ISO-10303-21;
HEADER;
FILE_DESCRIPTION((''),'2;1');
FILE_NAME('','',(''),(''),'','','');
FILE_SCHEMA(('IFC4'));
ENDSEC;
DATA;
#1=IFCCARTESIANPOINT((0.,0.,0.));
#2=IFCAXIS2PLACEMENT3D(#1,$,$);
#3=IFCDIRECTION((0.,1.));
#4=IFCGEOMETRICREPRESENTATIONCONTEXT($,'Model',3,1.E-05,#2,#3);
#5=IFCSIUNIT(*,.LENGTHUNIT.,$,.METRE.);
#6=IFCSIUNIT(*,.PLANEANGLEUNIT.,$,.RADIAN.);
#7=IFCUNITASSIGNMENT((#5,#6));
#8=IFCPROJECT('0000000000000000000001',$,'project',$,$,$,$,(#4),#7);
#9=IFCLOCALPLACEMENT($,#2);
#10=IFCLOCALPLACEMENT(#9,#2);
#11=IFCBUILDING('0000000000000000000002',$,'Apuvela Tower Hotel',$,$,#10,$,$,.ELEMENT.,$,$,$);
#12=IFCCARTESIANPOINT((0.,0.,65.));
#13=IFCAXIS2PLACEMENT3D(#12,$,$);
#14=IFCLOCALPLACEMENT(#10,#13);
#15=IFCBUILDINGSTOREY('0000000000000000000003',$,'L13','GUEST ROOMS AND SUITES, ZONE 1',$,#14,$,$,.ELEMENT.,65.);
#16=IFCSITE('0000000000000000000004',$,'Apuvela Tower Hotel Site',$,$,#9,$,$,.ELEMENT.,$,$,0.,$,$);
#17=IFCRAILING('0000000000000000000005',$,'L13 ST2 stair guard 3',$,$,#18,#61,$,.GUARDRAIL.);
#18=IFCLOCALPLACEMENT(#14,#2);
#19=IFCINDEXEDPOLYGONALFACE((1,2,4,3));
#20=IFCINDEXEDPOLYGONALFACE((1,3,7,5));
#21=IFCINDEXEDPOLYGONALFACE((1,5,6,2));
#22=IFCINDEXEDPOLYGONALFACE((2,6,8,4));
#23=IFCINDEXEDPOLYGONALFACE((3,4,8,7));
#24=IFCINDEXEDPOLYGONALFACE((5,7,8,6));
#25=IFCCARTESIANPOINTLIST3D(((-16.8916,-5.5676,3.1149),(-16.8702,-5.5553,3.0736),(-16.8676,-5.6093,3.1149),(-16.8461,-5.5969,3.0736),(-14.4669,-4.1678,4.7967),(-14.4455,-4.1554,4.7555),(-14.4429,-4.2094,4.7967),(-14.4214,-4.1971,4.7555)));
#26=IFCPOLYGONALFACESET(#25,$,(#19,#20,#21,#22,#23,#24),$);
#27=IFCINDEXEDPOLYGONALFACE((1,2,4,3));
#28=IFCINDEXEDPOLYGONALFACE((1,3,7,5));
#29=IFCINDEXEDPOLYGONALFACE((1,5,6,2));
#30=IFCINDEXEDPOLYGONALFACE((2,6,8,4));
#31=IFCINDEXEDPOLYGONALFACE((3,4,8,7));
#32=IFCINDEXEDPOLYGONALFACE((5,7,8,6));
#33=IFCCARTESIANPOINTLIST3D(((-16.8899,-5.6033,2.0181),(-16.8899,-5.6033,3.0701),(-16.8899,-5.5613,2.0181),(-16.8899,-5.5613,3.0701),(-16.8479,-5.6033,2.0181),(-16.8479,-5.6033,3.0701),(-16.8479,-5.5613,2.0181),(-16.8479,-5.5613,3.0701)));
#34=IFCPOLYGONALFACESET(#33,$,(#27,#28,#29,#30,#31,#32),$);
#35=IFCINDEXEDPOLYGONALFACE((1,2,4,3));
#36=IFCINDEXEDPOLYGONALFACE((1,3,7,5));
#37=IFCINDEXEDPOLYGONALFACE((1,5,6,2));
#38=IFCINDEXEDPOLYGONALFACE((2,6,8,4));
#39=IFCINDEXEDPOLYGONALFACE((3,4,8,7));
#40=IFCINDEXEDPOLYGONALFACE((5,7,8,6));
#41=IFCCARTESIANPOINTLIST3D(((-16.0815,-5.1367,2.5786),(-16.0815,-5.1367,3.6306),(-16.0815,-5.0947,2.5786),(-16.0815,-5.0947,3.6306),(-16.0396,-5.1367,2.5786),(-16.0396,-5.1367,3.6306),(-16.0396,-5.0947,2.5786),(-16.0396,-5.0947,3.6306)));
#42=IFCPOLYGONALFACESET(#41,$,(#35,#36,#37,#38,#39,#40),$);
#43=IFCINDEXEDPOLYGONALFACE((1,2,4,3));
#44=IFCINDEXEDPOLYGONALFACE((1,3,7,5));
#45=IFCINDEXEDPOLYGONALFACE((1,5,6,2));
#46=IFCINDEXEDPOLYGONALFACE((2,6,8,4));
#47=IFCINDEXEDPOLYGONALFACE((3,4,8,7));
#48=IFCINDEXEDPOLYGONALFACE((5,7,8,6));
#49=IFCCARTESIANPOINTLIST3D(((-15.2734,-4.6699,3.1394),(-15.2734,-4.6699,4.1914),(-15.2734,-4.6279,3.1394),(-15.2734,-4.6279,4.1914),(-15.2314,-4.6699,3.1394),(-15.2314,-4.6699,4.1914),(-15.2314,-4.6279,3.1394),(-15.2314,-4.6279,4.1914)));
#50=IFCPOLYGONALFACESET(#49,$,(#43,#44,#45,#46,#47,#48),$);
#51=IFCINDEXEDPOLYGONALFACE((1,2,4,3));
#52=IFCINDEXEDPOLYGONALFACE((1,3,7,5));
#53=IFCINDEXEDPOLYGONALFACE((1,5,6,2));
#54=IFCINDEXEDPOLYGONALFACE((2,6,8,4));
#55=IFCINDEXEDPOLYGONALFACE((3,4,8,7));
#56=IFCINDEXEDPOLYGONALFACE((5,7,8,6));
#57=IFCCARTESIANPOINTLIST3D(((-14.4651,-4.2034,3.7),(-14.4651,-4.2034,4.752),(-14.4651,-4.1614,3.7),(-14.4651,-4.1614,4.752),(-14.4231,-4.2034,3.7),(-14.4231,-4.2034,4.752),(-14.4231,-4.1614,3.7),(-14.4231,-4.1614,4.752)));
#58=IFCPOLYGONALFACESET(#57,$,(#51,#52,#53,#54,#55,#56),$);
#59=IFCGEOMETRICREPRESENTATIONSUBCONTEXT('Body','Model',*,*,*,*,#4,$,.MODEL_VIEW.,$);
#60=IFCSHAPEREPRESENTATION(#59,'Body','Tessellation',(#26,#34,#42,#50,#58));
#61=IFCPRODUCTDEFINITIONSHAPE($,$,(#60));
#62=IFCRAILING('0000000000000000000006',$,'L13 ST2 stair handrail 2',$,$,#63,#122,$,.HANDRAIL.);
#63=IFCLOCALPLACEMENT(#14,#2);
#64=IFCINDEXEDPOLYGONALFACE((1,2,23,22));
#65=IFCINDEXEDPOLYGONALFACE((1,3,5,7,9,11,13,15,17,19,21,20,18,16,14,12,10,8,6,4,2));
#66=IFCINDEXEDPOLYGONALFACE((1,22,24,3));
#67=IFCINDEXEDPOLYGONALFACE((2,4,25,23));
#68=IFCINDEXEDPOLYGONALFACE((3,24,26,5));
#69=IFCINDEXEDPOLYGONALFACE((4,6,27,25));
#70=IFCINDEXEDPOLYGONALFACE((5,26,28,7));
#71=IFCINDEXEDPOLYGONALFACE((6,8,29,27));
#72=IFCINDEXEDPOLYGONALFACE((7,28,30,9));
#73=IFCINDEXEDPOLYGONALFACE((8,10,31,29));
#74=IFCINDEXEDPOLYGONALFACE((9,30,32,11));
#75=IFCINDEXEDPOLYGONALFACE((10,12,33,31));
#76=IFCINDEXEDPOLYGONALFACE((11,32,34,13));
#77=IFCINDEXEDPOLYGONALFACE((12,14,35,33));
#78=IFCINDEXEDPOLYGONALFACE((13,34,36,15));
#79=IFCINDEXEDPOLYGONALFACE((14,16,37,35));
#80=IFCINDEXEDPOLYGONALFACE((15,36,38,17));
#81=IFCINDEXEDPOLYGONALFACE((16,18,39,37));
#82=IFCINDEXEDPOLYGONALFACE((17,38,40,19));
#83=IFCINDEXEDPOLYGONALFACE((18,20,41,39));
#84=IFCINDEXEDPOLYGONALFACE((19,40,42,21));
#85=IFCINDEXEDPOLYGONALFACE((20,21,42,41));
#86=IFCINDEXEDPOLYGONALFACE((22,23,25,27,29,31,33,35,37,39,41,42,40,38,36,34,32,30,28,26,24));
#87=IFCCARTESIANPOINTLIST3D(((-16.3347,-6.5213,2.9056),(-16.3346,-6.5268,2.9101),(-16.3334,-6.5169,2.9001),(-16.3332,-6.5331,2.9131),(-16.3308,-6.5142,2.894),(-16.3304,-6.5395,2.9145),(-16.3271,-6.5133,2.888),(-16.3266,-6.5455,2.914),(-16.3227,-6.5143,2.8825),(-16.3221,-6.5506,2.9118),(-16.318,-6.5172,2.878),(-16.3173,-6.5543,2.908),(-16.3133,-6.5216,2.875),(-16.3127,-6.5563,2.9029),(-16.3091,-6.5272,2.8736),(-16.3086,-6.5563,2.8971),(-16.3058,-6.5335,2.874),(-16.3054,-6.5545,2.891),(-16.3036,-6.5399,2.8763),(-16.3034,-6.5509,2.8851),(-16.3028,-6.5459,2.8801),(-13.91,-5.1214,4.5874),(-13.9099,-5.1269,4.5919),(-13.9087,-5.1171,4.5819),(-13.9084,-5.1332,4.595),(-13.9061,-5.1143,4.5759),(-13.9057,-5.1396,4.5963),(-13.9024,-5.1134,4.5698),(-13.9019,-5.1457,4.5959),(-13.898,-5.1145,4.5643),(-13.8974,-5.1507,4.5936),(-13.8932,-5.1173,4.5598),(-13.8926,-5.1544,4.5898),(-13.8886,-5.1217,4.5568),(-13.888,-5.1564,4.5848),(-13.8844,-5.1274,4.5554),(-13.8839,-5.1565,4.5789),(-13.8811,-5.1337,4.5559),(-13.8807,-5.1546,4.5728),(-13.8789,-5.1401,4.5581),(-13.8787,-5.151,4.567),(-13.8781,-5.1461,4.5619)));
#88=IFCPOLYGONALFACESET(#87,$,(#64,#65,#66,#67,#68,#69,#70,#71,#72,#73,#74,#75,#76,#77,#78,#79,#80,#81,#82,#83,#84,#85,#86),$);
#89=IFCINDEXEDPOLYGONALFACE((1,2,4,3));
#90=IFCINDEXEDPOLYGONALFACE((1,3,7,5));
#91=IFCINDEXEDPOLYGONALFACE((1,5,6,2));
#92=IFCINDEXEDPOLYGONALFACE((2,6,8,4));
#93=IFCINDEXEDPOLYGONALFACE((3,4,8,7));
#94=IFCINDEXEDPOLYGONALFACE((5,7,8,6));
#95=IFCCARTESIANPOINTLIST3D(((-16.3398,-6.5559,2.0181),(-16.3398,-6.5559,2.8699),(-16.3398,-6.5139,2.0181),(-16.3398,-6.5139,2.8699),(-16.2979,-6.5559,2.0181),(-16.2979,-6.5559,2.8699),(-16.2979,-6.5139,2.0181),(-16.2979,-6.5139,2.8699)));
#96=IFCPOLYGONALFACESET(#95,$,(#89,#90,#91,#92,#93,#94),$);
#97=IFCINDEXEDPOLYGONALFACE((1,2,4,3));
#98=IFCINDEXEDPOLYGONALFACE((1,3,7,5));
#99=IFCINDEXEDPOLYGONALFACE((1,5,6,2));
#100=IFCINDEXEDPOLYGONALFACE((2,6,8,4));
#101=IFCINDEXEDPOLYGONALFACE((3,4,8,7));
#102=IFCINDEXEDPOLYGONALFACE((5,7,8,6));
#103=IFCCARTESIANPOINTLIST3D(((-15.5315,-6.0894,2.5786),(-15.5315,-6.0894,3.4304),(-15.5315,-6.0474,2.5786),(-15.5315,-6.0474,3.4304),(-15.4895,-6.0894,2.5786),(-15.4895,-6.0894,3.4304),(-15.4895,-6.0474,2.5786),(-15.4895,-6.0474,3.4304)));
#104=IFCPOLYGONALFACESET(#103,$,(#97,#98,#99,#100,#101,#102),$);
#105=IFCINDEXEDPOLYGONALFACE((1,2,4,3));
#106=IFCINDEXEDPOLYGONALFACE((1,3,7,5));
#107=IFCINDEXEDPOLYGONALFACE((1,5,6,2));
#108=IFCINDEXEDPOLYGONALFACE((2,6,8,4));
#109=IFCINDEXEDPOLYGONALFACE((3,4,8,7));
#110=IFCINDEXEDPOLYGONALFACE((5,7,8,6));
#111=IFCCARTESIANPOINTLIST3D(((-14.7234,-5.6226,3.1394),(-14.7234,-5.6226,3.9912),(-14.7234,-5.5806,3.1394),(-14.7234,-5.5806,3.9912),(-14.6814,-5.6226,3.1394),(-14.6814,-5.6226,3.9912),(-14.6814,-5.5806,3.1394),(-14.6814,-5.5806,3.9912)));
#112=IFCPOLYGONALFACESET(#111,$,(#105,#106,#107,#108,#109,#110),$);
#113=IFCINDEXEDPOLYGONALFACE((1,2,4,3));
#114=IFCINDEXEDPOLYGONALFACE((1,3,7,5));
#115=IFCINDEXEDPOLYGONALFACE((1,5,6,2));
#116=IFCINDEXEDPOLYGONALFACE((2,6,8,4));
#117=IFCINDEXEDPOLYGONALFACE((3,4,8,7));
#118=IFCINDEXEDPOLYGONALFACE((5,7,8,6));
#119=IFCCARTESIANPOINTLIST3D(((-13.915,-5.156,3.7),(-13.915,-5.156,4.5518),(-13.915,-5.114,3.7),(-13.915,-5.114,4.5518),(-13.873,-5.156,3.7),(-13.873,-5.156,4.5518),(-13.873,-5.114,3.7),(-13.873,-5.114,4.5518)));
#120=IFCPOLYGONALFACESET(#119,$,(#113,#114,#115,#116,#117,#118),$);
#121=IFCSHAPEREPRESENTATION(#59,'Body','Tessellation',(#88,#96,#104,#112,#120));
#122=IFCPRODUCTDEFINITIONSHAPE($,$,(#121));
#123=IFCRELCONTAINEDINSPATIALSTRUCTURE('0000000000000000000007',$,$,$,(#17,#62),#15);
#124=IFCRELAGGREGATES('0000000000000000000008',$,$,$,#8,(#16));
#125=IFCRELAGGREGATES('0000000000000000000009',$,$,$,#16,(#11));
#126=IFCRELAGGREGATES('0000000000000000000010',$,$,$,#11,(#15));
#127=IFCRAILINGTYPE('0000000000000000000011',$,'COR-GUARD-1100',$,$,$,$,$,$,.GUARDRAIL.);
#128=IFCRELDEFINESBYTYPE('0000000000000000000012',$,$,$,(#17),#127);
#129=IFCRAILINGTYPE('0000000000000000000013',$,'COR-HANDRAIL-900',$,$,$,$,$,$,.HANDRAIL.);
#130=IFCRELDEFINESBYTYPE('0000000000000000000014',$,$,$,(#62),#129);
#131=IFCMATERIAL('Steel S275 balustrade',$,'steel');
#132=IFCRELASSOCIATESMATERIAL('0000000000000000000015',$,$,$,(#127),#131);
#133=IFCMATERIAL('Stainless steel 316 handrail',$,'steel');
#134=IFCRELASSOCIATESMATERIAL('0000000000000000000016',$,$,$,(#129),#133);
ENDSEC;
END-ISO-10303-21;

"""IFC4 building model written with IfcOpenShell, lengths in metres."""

from ifc_helpers import new_model, si_unit, direction, frame, origin, origin_2d, place, context, subcontext, project, spatial, rectangle, circle, extrude, material, type_object, element, save


model = new_model("IFC4")

# Units and contexts
model_context = context("Model", 3, precision=1e-05, world=origin(), true_north=direction((0.0, 1.0)))
body_context = subcontext(model_context, "Body", "Model", "MODEL_VIEW")
ifc_project = project(units=[si_unit("LENGTHUNIT", "METRE"), si_unit("PLANEANGLEUNIT", "RADIAN")], contexts=[model_context])

# Site, building, storey
site_placement = place(None, origin())
site = spatial("IfcSite", under=ifc_project, at=site_placement, Name="Apuvela Tower Hotel Site", CompositionType="ELEMENT", RefElevation=0.0)
building_placement = place(site_placement, origin())
building = spatial("IfcBuilding", under=site, at=building_placement, Name="Apuvela Tower Hotel", CompositionType="ELEMENT")
storey_placement = place(building_placement, frame((0.0, 0.0, 65.0)))
storey = spatial("IfcBuildingStorey", under=building, at=storey_placement, Name="L13", Description="GUEST ROOMS AND SUITES, ZONE 1", CompositionType="ELEMENT", Elevation=65.0)

# Railings
ifc_material_1 = material(Name="Steel S275 balustrade", Category="steel")
railing_type_1 = type_object("IfcRailingType", Name="COR-GUARD-1100", PredefinedType="GUARDRAIL", material=ifc_material_1)
railing_1_placement = place(storey_placement, frame((-16.8689, -5.5823, 2.0181)))
element("IfcRailing", 1, at=railing_1_placement, inside=storey, type_object=railing_type_1, Name="L13 ST2 stair guard 3", PredefinedType="GUARDRAIL", context=body_context, shape_type="SweptSolid", body=[
    extrude(rectangle(XDim=0.0481, YDim=0.0481, at=origin_2d()), frame((0.0, 0.0, 1.0762), z_axis=(0.74239, 0.428601, 0.514934), x_axis=(-0.499984, 0.866035, 0.0)), (0.0, 0.0, 1.0), 3.2661),
    extrude(rectangle(XDim=0.042, YDim=0.042, at=origin_2d()), origin(), (0.0, 0.0, 1.0), 1.052),
    extrude(rectangle(XDim=0.042, YDim=0.042, at=origin_2d()), frame((0.8083, 0.4666, 0.5605)), (0.0, 0.0, 1.0), 1.052),
    extrude(rectangle(XDim=0.042, YDim=0.042, at=origin_2d()), frame((1.6165, 0.9333, 1.1213)), (0.0, 0.0, 1.0), 1.052),
    extrude(rectangle(XDim=0.042, YDim=0.042, at=origin_2d()), frame((2.4248, 1.3999, 1.6819)), (0.0, 0.0, 1.0), 1.052),
])
ifc_material_2 = material(Name="Stainless steel 316 handrail", Category="steel")
railing_type_2 = type_object("IfcRailingType", Name="COR-HANDRAIL-900", PredefinedType="HANDRAIL", material=ifc_material_2)
railing_2_placement = place(storey_placement, frame((-16.3188, -6.5349, 2.0181)))
element("IfcRailing", 2, at=railing_2_placement, inside=storey, type_object=railing_type_2, Name="L13 ST2 stair handrail 2", PredefinedType="HANDRAIL", context=body_context, shape_type="SweptSolid", body=[
    extrude(circle(Radius=0.0239, at=origin_2d()), frame((0.0, 0.0, 0.876), z_axis=(0.74239, 0.428601, 0.514934), x_axis=(-0.499984, 0.866035, 0.0)), (0.0, 0.0, 1.0), 3.2661),
    extrude(rectangle(XDim=0.042, YDim=0.042, at=origin_2d()), origin(), (0.0, 0.0, 1.0), 0.8518),
    extrude(rectangle(XDim=0.042, YDim=0.042, at=origin_2d()), frame((0.8083, 0.4666, 0.5605)), (0.0, 0.0, 1.0), 0.8518),
    extrude(rectangle(XDim=0.042, YDim=0.042, at=origin_2d()), frame((1.6165, 0.9333, 1.1213)), (0.0, 0.0, 1.0), 0.8518),
    extrude(rectangle(XDim=0.042, YDim=0.042, at=origin_2d()), frame((2.4248, 1.3999, 1.6819)), (0.0, 0.0, 1.0), 0.8518),
])

save(model, "model.ifc")
